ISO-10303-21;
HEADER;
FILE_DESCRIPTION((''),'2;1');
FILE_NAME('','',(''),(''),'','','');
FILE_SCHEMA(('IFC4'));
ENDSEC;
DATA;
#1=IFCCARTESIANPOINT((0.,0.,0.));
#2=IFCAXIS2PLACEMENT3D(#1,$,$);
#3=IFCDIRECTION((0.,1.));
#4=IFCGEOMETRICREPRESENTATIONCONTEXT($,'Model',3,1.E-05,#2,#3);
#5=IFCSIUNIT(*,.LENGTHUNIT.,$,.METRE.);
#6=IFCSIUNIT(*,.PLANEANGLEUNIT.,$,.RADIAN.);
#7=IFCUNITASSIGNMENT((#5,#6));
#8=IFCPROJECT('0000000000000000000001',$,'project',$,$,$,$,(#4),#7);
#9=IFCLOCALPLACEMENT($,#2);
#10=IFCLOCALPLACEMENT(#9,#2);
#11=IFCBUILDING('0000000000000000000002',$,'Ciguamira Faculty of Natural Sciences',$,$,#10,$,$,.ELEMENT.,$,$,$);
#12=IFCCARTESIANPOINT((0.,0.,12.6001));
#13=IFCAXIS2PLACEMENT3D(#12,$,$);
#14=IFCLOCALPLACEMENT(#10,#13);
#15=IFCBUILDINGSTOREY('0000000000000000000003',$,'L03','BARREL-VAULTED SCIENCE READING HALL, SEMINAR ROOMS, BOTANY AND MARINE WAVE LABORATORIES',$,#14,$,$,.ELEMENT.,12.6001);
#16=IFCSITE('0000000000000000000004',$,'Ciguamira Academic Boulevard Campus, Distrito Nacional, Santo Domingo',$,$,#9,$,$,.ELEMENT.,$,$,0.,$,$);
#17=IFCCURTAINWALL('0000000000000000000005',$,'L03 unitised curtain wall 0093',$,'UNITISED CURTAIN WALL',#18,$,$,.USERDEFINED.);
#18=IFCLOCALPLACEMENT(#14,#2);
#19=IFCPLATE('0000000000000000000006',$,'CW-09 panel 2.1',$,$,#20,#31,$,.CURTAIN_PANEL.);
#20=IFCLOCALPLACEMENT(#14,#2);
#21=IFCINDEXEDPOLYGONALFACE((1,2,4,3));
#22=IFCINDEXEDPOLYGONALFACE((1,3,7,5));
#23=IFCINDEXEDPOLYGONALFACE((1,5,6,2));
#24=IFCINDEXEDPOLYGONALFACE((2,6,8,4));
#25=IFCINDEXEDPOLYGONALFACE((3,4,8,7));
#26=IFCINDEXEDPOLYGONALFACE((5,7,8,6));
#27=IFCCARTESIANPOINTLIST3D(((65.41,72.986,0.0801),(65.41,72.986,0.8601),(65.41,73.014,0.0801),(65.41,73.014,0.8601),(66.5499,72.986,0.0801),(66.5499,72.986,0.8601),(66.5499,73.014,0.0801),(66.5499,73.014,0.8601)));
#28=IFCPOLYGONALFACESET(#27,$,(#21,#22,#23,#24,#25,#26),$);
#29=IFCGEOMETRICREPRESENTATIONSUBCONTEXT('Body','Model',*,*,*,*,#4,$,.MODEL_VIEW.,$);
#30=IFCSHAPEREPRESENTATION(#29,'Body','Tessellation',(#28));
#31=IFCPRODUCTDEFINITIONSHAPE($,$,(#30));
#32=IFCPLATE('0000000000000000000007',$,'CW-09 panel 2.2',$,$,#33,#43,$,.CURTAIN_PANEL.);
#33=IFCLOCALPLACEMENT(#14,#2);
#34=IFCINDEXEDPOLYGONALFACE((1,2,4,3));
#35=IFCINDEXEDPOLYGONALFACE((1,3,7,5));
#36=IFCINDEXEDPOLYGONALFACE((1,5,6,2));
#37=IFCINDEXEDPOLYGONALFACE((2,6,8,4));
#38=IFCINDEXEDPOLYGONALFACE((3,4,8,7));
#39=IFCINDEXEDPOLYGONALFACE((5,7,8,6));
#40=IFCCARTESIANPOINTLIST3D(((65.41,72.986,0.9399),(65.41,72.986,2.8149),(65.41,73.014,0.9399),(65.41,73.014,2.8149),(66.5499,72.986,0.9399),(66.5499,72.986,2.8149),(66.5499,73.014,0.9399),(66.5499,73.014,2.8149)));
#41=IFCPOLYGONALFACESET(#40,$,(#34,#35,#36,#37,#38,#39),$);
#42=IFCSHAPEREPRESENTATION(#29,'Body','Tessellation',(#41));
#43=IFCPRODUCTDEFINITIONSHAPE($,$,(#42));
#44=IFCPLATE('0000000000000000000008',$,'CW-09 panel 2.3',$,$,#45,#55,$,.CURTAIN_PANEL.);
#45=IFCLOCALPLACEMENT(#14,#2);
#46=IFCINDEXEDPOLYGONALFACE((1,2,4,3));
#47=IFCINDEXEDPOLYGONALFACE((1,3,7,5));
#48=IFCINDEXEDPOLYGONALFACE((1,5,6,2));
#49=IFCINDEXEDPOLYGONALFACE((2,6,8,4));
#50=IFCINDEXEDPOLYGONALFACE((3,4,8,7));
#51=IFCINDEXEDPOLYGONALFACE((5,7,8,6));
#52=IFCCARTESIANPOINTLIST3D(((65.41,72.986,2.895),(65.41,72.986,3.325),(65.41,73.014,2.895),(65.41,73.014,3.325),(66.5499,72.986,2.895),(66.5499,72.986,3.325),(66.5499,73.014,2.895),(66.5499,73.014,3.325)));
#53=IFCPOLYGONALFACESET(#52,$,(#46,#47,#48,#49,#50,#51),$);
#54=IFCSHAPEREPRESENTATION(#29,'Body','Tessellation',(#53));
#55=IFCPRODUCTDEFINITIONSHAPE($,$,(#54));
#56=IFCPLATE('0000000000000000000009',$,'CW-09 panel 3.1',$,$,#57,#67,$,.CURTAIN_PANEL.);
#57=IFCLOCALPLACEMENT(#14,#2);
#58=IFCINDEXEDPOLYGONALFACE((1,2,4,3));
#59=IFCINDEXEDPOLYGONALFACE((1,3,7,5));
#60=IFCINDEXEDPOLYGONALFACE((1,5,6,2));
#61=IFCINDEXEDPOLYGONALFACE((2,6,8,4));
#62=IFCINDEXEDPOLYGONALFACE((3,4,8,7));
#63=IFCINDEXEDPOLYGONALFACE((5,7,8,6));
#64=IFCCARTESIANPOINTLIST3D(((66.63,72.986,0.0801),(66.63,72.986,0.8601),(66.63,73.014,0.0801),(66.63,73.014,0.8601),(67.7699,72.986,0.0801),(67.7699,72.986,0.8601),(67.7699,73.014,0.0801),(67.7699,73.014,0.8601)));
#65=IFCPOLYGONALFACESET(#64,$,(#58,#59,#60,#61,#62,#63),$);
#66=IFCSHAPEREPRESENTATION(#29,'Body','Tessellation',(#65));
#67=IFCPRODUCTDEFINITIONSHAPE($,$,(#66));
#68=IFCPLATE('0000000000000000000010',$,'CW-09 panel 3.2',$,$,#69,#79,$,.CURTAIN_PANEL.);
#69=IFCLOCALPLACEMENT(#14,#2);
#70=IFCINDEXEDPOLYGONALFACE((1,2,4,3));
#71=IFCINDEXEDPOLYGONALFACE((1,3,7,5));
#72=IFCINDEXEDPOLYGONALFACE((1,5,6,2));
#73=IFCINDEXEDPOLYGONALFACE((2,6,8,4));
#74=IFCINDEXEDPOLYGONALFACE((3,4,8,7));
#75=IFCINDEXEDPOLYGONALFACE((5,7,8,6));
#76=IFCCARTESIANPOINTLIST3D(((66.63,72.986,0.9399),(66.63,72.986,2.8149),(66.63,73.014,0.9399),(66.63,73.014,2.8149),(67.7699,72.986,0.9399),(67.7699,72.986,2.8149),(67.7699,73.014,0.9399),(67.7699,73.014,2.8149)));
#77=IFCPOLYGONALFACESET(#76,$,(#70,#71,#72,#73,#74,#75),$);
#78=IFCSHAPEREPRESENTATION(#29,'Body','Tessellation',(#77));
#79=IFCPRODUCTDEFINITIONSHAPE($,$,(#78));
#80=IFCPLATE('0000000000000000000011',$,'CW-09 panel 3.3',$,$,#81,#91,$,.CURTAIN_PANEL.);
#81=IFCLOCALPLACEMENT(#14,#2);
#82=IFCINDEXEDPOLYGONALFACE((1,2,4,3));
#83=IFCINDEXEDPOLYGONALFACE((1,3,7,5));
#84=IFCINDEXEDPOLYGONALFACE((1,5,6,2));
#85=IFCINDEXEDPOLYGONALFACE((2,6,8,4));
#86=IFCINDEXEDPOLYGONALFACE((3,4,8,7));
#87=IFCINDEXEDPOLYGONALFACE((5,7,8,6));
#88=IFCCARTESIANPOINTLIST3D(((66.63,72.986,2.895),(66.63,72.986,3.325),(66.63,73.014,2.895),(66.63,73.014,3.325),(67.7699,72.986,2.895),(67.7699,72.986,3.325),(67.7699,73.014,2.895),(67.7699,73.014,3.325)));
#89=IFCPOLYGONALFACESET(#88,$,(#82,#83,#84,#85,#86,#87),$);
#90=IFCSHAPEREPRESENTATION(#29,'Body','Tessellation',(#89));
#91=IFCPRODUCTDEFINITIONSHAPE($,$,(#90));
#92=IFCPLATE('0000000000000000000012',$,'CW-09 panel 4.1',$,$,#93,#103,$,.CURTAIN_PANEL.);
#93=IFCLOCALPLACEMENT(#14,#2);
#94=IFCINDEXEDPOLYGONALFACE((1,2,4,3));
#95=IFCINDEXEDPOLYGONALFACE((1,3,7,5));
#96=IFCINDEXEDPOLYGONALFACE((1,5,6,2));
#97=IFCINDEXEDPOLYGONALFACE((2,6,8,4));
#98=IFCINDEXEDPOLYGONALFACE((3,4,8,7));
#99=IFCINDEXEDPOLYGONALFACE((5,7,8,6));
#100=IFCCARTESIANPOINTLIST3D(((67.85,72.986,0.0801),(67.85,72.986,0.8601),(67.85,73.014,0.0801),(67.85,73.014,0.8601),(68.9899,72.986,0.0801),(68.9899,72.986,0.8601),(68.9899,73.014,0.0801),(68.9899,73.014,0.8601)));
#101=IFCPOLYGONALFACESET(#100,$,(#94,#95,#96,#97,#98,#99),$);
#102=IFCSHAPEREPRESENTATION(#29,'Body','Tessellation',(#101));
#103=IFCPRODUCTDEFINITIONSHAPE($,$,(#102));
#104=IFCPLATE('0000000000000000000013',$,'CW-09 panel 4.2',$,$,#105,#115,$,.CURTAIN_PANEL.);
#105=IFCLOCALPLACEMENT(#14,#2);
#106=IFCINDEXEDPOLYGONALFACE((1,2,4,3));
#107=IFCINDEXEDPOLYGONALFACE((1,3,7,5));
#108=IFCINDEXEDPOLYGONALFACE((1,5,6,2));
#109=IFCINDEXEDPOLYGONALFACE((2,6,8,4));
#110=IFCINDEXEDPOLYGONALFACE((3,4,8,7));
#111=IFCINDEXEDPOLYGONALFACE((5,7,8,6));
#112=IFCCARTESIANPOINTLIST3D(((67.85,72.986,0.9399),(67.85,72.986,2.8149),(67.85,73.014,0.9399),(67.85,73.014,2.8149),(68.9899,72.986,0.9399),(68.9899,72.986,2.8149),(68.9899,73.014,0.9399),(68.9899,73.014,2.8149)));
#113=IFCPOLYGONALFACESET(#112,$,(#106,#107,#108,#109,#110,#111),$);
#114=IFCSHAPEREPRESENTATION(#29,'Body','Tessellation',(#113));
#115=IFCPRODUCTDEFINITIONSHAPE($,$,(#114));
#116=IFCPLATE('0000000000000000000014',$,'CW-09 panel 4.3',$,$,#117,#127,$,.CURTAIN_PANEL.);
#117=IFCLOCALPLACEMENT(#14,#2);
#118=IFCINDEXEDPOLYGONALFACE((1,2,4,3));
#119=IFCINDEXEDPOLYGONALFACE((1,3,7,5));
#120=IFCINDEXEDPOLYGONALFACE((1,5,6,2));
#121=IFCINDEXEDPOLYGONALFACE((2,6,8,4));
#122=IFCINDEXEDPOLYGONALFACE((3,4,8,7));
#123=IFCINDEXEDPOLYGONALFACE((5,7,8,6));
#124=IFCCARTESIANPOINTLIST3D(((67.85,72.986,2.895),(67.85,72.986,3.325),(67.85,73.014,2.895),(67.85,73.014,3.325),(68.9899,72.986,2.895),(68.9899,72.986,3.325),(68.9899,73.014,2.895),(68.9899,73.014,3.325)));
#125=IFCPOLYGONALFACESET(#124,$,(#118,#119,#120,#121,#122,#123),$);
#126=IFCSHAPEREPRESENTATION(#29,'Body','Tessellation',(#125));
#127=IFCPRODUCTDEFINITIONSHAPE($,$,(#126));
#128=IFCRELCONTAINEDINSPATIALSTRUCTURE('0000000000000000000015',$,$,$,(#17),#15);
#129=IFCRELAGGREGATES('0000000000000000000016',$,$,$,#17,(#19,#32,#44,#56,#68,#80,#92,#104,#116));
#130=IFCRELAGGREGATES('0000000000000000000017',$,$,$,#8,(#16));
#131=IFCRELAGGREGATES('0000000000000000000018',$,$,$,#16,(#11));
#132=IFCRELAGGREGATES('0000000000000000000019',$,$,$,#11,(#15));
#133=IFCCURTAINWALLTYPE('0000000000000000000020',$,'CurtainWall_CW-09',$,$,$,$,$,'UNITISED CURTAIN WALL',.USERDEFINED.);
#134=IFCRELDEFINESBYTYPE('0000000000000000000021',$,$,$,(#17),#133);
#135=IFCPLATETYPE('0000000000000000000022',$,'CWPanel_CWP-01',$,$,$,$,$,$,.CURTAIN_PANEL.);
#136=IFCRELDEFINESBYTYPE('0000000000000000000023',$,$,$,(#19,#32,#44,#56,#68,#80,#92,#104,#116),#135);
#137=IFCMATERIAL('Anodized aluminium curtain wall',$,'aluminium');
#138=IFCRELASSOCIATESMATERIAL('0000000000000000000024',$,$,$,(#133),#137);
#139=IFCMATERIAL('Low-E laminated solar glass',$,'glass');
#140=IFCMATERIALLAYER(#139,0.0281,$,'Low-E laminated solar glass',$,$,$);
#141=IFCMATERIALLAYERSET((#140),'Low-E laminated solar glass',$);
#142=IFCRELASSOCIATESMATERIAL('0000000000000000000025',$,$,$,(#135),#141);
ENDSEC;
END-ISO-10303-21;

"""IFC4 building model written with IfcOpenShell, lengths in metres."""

from ifc_helpers import new_model, si_unit, direction, frame, origin, origin_2d, place, context, subcontext, project, spatial, rectangle, extrude, material, layer, layer_set, type_object, element, aggregate, save


model = new_model("IFC4")

# Units and contexts
model_context = context("Model", 3, precision=1e-05, world=origin(), true_north=direction((0.0, 1.0)))
body_context = subcontext(model_context, "Body", "Model", "MODEL_VIEW")
ifc_project = project(units=[si_unit("LENGTHUNIT", "METRE"), si_unit("PLANEANGLEUNIT", "RADIAN")], contexts=[model_context])

# Site, building, storey
site_placement = place(None, origin())
site = spatial("IfcSite", under=ifc_project, at=site_placement, Name="Ciguamira Academic Boulevard Campus, Distrito Nacional, Santo Domingo", CompositionType="ELEMENT", RefElevation=0.0)
building_placement = place(site_placement, origin())
building = spatial("IfcBuilding", under=site, at=building_placement, Name="Ciguamira Faculty of Natural Sciences", CompositionType="ELEMENT")
storey_placement = place(building_placement, frame((0.0, 0.0, 12.6001)))
storey = spatial("IfcBuildingStorey", under=building, at=storey_placement, Name="L03", Description="BARREL-VAULTED SCIENCE READING HALL, SEMINAR ROOMS, BOTANY AND MARINE WAVE LABORATORIES", CompositionType="ELEMENT", Elevation=12.6001)

# Curtain wall
ifc_material_1 = material(Name="Anodized aluminium curtain wall", Category="aluminium")
curtain_wall_type = type_object("IfcCurtainWallType", Name="CurtainWall_CW-09", ElementType="UNITISED CURTAIN WALL", PredefinedType="USERDEFINED", material=ifc_material_1)
curtain_wall_placement = place(storey_placement, origin())
curtain_wall = element("IfcCurtainWall", 1, at=curtain_wall_placement, inside=storey, type_object=curtain_wall_type, Name="L03 unitised curtain wall 0093", ObjectType="UNITISED CURTAIN WALL", PredefinedType="USERDEFINED")

# Plates
ifc_material_2 = material(Name="Low-E laminated solar glass", Category="glass")
ifc_layer = layer(ifc_material_2, 0.0281, Name="Low-E laminated solar glass")
ifc_layer_set = layer_set([ifc_layer], Name="Low-E laminated solar glass")
plate_type = type_object("IfcPlateType", Name="CWPanel_CWP-01", PredefinedType="CURTAIN_PANEL", material=ifc_layer_set)
plate_1_placement = place(storey_placement, frame((65.98, 73.0, 0.0801), z_axis=(0.0, 0.0, 1.0), x_axis=(1.0, 0.0, 0.0)))
plate_1 = element("IfcPlate", 2, at=plate_1_placement, type_object=plate_type, Name="CW-09 panel 2.1", PredefinedType="CURTAIN_PANEL", context=body_context, shape_type="SweptSolid", body=[
    extrude(rectangle(XDim=1.1399, YDim=0.0281, at=origin_2d()), origin(), (0.0, 0.0, 1.0), 0.78),
])
plate_2_placement = place(storey_placement, frame((65.98, 73.0, 0.9399), z_axis=(0.0, 0.0, 1.0), x_axis=(1.0, 0.0, 0.0)))
plate_2 = element("IfcPlate", 3, at=plate_2_placement, type_object=plate_type, Name="CW-09 panel 2.2", PredefinedType="CURTAIN_PANEL", context=body_context, shape_type="SweptSolid", body=[
    extrude(rectangle(XDim=1.1399, YDim=0.0281, at=origin_2d()), origin(), (0.0, 0.0, 1.0), 1.875),
])
plate_3_placement = place(storey_placement, frame((65.98, 73.0, 2.895), z_axis=(0.0, 0.0, 1.0), x_axis=(1.0, 0.0, 0.0)))
plate_3 = element("IfcPlate", 4, at=plate_3_placement, type_object=plate_type, Name="CW-09 panel 2.3", PredefinedType="CURTAIN_PANEL", context=body_context, shape_type="SweptSolid", body=[
    extrude(rectangle(XDim=1.1399, YDim=0.0281, at=origin_2d()), origin(), (0.0, 0.0, 1.0), 0.4299),
])
plate_4_placement = place(storey_placement, frame((67.2, 73.0, 0.0801), z_axis=(0.0, 0.0, 1.0), x_axis=(1.0, 0.0, 0.0)))
plate_4 = element("IfcPlate", 5, at=plate_4_placement, type_object=plate_type, Name="CW-09 panel 3.1", PredefinedType="CURTAIN_PANEL", context=body_context, shape_type="SweptSolid", body=[
    extrude(rectangle(XDim=1.1399, YDim=0.0281, at=origin_2d()), origin(), (0.0, 0.0, 1.0), 0.78),
])
plate_5_placement = place(storey_placement, frame((67.2, 73.0, 0.9399), z_axis=(0.0, 0.0, 1.0), x_axis=(1.0, 0.0, 0.0)))
plate_5 = element("IfcPlate", 6, at=plate_5_placement, type_object=plate_type, Name="CW-09 panel 3.2", PredefinedType="CURTAIN_PANEL", context=body_context, shape_type="SweptSolid", body=[
    extrude(rectangle(XDim=1.1399, YDim=0.0281, at=origin_2d()), origin(), (0.0, 0.0, 1.0), 1.875),
])
plate_6_placement = place(storey_placement, frame((67.2, 73.0, 2.895), z_axis=(0.0, 0.0, 1.0), x_axis=(1.0, 0.0, 0.0)))
plate_6 = element("IfcPlate", 7, at=plate_6_placement, type_object=plate_type, Name="CW-09 panel 3.3", PredefinedType="CURTAIN_PANEL", context=body_context, shape_type="SweptSolid", body=[
    extrude(rectangle(XDim=1.1399, YDim=0.0281, at=origin_2d()), origin(), (0.0, 0.0, 1.0), 0.4299),
])
plate_7_placement = place(storey_placement, frame((68.4199, 73.0, 0.0801), z_axis=(0.0, 0.0, 1.0), x_axis=(1.0, 0.0, 0.0)))
plate_7 = element("IfcPlate", 8, at=plate_7_placement, type_object=plate_type, Name="CW-09 panel 4.1", PredefinedType="CURTAIN_PANEL", context=body_context, shape_type="SweptSolid", body=[
    extrude(rectangle(XDim=1.1399, YDim=0.0281, at=origin_2d()), origin(), (0.0, 0.0, 1.0), 0.78),
])
plate_8_placement = place(storey_placement, frame((68.4199, 73.0, 0.9399), z_axis=(0.0, 0.0, 1.0), x_axis=(1.0, 0.0, 0.0)))
plate_8 = element("IfcPlate", 9, at=plate_8_placement, type_object=plate_type, Name="CW-09 panel 4.2", PredefinedType="CURTAIN_PANEL", context=body_context, shape_type="SweptSolid", body=[
    extrude(rectangle(XDim=1.1399, YDim=0.0281, at=origin_2d()), origin(), (0.0, 0.0, 1.0), 1.875),
])
plate_9_placement = place(storey_placement, frame((68.4199, 73.0, 2.895), z_axis=(0.0, 0.0, 1.0), x_axis=(1.0, 0.0, 0.0)))
plate_9 = element("IfcPlate", 10, at=plate_9_placement, type_object=plate_type, Name="CW-09 panel 4.3", PredefinedType="CURTAIN_PANEL", context=body_context, shape_type="SweptSolid", body=[
    extrude(rectangle(XDim=1.1399, YDim=0.0281, at=origin_2d()), origin(), (0.0, 0.0, 1.0), 0.4299),
])
aggregate(curtain_wall, [plate_1, plate_2, plate_3, plate_4, plate_5, plate_6, plate_7, plate_8, plate_9])

save(model, "model.ifc")
